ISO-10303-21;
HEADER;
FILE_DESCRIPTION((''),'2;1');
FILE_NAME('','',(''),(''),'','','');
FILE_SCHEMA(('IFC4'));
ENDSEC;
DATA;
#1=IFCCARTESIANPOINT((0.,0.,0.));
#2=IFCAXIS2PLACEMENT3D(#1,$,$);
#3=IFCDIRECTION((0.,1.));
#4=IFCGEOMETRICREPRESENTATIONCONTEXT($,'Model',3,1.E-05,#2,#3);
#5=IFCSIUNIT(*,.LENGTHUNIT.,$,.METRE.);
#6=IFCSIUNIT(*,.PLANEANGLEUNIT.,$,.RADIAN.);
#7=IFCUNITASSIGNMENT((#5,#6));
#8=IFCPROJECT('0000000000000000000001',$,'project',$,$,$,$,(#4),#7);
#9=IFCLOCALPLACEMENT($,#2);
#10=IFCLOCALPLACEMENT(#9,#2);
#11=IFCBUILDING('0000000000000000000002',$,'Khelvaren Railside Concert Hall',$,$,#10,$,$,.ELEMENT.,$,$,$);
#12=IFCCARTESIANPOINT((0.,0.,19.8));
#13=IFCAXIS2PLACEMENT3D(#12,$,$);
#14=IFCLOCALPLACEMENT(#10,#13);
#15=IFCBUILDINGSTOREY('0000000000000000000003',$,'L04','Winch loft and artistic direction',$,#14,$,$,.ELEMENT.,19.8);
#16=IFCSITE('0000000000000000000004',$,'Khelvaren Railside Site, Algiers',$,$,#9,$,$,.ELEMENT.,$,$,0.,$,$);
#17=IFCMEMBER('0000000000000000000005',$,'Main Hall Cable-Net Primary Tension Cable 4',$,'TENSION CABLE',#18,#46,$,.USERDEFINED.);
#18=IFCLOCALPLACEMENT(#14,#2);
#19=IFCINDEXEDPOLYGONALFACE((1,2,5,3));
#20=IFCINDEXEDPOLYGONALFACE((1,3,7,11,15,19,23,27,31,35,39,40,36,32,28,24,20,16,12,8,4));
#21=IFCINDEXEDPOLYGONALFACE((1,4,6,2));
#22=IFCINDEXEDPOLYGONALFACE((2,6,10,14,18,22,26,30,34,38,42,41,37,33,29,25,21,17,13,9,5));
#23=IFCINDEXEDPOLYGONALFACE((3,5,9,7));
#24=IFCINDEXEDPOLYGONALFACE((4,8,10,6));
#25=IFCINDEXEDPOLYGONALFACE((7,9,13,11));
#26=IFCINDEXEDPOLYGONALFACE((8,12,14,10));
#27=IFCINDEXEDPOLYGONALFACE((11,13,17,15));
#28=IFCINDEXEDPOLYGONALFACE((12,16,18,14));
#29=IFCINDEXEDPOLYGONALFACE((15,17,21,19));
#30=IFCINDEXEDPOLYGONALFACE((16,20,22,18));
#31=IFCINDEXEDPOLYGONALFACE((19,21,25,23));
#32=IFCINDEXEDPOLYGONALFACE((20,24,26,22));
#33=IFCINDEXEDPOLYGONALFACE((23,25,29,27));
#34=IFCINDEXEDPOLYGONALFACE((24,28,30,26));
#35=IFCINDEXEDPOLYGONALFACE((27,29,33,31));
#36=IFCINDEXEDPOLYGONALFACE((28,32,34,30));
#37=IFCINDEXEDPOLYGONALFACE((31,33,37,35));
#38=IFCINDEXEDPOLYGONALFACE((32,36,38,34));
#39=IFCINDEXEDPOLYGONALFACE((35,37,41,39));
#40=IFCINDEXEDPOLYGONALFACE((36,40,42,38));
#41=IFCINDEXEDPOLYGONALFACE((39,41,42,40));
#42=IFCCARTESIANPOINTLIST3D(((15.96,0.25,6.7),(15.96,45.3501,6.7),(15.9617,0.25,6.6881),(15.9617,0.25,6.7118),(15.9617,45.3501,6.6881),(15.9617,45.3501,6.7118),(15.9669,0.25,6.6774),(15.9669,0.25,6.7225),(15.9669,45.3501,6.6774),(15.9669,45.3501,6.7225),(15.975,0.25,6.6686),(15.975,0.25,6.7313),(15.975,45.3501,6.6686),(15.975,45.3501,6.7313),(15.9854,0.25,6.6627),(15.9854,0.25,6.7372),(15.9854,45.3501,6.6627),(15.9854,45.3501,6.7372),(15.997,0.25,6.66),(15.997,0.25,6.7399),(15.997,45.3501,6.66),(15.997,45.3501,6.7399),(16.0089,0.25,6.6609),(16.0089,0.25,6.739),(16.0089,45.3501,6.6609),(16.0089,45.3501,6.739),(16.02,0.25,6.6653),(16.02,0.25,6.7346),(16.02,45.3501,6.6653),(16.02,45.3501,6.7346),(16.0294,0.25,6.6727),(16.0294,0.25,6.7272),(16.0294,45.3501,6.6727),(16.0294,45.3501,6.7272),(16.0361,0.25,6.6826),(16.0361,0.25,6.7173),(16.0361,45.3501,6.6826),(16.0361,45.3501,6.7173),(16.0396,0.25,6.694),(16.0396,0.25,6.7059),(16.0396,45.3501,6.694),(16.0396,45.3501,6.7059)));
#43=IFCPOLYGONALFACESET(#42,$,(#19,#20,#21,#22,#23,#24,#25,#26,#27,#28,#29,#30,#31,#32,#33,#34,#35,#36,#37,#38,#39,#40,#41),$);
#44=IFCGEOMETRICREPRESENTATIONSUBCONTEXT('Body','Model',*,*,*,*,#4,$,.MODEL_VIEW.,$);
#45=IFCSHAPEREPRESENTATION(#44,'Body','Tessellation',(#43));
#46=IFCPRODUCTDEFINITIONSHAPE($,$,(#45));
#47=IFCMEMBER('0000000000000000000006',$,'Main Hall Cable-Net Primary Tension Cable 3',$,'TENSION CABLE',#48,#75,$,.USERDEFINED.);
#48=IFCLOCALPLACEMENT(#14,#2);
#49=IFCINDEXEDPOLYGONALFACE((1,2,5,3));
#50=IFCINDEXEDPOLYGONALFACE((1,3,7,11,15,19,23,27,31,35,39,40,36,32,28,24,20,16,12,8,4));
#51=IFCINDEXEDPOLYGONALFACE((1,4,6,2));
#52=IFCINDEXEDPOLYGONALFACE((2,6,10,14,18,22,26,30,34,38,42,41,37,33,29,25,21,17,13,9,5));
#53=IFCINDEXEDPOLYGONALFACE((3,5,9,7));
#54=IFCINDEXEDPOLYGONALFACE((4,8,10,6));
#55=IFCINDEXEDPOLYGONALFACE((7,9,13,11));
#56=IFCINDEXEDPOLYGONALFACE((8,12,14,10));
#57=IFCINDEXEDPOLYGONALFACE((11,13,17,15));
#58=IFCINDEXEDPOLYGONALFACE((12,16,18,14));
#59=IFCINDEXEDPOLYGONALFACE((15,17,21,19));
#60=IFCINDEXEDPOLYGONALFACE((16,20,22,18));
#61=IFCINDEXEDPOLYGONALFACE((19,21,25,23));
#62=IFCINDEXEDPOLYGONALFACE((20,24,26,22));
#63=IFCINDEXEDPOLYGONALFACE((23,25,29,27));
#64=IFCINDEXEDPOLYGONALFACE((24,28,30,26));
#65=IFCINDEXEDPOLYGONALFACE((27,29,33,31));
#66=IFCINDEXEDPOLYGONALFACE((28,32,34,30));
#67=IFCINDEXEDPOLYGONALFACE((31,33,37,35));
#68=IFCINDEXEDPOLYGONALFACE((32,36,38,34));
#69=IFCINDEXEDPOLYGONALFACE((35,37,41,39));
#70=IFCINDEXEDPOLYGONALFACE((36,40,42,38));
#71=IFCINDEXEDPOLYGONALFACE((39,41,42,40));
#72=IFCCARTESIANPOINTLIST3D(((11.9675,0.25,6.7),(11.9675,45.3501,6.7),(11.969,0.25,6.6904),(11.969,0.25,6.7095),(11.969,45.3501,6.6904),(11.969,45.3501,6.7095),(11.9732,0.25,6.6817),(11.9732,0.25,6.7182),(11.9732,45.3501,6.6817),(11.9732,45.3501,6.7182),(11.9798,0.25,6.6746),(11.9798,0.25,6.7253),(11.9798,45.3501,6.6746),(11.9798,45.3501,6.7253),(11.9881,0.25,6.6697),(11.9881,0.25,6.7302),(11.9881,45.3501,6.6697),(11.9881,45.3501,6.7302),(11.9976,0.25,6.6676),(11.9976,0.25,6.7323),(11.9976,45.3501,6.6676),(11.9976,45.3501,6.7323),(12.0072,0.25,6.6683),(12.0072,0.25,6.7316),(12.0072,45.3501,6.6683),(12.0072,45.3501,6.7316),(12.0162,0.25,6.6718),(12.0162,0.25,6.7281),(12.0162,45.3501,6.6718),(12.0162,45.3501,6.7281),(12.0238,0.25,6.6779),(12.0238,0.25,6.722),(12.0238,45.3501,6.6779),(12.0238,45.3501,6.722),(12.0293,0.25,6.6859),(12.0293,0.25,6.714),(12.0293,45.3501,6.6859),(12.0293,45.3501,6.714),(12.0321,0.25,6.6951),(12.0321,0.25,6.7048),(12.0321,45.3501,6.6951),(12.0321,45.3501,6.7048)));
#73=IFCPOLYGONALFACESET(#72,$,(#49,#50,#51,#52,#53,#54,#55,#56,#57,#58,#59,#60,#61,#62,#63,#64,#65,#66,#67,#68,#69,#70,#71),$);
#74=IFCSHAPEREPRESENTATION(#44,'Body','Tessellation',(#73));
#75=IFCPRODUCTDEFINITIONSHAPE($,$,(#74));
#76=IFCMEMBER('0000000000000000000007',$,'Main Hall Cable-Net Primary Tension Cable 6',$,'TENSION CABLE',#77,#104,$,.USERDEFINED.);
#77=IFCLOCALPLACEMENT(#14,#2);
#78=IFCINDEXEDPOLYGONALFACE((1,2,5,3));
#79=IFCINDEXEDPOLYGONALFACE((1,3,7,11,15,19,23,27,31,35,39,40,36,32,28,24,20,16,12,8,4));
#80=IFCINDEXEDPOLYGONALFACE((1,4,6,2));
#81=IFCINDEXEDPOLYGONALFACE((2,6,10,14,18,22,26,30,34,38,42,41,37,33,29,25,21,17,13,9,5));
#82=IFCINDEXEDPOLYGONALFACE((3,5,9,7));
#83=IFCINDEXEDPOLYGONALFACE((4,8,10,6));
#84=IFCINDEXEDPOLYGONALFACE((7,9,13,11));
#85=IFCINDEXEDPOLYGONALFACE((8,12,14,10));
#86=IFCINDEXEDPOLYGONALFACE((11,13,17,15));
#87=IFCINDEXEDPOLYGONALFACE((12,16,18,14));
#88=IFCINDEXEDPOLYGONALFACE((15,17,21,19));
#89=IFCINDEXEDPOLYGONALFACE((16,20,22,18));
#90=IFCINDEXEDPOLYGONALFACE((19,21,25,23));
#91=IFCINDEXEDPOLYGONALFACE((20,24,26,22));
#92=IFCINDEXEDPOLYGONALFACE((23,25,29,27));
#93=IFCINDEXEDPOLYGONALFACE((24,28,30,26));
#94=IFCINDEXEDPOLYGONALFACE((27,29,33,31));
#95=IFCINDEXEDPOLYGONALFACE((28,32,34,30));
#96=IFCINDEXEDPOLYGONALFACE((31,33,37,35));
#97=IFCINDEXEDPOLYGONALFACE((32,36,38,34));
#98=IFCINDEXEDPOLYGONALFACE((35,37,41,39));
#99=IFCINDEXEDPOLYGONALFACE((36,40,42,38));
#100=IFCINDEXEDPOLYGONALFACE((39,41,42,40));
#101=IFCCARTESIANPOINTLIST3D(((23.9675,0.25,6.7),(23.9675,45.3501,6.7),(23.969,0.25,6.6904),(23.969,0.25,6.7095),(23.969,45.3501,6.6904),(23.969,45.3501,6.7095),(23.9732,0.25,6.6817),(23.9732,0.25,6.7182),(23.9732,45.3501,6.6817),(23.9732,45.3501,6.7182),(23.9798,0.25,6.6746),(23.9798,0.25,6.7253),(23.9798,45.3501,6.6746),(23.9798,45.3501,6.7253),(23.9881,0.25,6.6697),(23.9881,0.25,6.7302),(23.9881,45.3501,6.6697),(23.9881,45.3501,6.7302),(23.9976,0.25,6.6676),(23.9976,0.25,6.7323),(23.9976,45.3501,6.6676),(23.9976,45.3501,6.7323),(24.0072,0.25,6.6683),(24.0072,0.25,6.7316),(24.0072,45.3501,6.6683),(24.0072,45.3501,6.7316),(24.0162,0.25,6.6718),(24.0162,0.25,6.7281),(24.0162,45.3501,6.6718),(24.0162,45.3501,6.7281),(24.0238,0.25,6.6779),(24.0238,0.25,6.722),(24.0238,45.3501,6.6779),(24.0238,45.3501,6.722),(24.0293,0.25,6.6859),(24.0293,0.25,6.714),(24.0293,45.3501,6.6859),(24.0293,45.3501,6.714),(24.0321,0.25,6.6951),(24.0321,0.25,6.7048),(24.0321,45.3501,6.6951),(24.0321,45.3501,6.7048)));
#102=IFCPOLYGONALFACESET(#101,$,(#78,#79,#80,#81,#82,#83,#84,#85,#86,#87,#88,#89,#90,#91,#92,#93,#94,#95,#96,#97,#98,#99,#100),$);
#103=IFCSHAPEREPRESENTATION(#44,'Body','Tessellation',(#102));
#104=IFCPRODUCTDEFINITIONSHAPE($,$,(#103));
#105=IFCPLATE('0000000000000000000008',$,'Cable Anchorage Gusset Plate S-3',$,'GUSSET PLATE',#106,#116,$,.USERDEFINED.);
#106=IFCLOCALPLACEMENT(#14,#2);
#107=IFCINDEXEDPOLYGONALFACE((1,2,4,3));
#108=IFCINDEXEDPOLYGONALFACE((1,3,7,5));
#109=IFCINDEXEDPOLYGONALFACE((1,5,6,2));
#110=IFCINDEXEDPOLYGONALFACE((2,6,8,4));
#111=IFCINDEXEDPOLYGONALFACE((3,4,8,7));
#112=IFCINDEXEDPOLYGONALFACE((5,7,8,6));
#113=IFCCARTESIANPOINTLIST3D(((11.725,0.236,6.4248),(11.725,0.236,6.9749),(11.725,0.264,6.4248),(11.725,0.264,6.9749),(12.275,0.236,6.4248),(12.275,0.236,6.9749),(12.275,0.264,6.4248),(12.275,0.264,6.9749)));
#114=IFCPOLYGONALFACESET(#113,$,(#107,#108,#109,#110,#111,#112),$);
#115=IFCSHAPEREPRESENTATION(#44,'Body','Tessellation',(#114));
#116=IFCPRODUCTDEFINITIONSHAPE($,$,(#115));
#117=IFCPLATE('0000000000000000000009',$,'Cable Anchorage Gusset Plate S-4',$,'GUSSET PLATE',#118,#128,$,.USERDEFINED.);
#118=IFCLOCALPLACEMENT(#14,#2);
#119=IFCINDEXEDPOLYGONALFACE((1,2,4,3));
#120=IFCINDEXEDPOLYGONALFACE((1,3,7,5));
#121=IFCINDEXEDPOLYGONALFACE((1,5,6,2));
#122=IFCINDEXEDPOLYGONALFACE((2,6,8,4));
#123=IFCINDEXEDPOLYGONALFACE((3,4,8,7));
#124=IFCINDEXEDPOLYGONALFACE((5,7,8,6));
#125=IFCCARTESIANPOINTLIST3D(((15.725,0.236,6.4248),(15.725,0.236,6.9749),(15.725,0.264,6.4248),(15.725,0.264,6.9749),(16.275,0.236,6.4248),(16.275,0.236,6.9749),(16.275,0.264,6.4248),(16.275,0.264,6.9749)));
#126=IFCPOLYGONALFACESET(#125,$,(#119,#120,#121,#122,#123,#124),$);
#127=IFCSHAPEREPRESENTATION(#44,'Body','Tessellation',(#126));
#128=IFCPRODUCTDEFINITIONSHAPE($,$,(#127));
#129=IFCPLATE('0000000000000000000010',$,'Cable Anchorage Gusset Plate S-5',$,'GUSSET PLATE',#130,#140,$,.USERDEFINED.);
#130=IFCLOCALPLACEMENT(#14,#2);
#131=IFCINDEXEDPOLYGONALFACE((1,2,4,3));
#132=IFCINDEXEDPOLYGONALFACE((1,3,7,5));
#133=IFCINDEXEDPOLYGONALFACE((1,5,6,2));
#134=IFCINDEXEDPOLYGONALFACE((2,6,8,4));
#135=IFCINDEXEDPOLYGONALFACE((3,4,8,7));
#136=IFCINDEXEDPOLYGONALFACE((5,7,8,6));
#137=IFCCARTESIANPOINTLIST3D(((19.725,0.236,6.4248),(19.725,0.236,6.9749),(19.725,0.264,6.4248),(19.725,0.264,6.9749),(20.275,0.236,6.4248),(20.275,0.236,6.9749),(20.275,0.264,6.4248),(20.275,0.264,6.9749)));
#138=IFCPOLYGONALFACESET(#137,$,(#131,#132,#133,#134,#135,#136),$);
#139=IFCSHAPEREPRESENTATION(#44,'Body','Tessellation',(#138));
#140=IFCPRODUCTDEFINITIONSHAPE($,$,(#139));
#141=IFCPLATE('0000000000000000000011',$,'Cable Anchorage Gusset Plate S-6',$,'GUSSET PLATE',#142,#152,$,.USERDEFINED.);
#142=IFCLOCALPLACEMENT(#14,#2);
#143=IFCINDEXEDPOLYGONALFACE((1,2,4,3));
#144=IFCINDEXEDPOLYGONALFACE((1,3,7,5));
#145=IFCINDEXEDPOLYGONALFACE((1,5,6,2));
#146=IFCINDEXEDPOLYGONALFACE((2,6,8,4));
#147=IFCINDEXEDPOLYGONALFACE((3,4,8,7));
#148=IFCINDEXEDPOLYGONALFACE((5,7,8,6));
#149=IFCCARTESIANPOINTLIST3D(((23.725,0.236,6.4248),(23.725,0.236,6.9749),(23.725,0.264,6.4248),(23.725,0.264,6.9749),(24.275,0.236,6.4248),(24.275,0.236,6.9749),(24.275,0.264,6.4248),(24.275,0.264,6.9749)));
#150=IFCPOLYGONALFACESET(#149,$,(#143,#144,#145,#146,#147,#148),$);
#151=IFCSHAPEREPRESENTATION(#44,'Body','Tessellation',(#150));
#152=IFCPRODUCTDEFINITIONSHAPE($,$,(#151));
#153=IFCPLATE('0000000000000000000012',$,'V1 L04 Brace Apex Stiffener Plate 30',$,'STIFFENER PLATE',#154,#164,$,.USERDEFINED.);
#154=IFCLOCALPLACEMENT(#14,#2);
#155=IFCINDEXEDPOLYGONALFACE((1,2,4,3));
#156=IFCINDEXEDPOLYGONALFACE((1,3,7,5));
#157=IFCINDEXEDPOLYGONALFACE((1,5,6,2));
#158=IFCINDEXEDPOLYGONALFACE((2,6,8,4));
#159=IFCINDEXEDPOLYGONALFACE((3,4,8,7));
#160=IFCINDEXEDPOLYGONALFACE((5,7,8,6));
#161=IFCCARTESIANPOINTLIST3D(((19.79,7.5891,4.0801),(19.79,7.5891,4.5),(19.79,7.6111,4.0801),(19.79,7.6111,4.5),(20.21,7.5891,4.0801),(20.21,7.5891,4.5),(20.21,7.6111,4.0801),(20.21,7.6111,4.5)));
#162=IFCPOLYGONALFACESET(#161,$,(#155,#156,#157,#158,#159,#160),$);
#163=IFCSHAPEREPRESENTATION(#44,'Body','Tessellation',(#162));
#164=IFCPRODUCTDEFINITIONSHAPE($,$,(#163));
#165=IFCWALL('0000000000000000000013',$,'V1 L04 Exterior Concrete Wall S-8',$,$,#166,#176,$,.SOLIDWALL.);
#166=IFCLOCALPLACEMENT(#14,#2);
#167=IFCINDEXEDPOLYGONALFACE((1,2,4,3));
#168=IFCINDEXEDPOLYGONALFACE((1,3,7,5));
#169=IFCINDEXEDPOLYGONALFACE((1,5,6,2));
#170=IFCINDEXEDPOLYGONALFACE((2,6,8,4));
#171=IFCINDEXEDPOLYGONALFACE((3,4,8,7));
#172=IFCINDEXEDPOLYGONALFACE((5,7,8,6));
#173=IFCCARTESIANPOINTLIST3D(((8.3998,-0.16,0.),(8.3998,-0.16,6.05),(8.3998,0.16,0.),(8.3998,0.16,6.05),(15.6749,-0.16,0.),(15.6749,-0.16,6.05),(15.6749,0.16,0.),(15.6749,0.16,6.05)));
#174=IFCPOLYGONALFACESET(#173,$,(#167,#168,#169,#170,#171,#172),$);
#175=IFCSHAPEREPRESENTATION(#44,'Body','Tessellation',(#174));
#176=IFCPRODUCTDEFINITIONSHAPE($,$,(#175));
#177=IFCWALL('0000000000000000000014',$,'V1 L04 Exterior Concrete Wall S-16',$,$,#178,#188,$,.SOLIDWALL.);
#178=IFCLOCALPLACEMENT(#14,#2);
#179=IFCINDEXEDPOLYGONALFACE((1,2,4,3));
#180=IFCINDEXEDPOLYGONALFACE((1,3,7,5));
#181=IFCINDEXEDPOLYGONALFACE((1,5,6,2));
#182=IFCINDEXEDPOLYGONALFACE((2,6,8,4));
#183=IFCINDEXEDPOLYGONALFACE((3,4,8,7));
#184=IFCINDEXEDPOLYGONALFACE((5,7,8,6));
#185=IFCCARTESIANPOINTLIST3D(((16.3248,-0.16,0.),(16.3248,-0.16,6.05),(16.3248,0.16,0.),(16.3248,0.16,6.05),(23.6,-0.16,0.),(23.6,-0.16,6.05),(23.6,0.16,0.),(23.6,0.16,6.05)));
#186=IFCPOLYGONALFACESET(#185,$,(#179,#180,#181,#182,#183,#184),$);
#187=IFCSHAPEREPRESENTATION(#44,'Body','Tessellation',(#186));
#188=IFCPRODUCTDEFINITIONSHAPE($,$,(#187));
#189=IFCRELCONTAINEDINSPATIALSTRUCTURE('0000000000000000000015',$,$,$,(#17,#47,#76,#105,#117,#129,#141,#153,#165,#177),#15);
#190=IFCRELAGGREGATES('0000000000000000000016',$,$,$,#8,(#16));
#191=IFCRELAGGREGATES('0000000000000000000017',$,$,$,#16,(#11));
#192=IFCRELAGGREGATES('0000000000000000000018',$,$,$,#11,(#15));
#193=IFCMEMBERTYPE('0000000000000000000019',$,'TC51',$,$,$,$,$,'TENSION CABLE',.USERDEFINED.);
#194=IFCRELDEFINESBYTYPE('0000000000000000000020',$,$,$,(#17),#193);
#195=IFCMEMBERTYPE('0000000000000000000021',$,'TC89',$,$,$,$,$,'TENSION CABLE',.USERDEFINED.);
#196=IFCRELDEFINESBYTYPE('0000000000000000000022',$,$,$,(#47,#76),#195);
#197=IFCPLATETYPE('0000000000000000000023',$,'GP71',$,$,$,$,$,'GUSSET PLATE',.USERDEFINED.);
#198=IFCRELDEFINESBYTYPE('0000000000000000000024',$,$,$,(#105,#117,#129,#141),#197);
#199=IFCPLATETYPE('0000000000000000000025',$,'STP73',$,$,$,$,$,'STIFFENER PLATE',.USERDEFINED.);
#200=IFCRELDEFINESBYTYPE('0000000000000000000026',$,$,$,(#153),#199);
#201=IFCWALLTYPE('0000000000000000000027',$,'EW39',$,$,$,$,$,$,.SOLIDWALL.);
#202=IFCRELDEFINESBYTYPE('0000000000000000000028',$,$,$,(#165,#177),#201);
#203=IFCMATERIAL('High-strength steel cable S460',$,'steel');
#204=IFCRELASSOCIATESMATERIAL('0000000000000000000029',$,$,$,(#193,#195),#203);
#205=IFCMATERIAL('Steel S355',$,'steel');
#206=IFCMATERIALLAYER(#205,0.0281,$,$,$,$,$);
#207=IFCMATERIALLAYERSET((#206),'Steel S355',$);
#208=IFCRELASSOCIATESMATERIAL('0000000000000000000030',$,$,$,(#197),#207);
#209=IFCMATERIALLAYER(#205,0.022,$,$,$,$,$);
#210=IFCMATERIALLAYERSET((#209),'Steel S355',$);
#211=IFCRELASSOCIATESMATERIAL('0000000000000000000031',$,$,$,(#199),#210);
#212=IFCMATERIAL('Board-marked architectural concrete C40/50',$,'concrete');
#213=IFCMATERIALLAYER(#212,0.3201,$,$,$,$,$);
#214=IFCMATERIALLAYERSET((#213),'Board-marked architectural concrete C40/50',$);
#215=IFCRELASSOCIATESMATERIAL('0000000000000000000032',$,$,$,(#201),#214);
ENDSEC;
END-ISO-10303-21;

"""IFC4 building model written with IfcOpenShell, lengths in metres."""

from ifc_helpers import new_model, si_unit, direction, frame, frame_2d, origin, origin_2d, place, context, subcontext, project, spatial, rectangle, circle, extrude, material, layer, layer_set, material_profile, profile_set, type_object, element, save


model = new_model("IFC4")

# Units and contexts
model_context = context("Model", 3, precision=1e-05, world=origin(), true_north=direction((0.0, 1.0)))
body_context = subcontext(model_context, "Body", "Model", "MODEL_VIEW")
ifc_project = project(units=[si_unit("LENGTHUNIT", "METRE"), si_unit("PLANEANGLEUNIT", "RADIAN")], contexts=[model_context])

# Site, building, storey
site_placement = place(None, origin())
site = spatial("IfcSite", under=ifc_project, at=site_placement, Name="Khelvaren Railside Site, Algiers", CompositionType="ELEMENT", RefElevation=0.0)
building_placement = place(site_placement, origin())
building = spatial("IfcBuilding", under=site, at=building_placement, Name="Khelvaren Railside Concert Hall", CompositionType="ELEMENT")
storey_placement = place(building_placement, frame((0.0, 0.0, 19.8)))
storey = spatial("IfcBuildingStorey", under=building, at=storey_placement, Name="L04", Description="Winch loft and artistic direction", CompositionType="ELEMENT", Elevation=19.8)

# Shared definitions
ifc_material_1 = material(Name="Steel S355", Category="steel")

# Members
ifc_material_2 = material(Name="High-strength steel cable S460", Category="steel")
ifc_material_profile_1 = material_profile(ifc_material_2, circle(Radius=0.04, at=origin_2d()), Name="LCB D80")
ifc_profile_set_1 = profile_set([ifc_material_profile_1], Name="High-strength steel cable S460")
member_type_1 = type_object("IfcMemberType", Name="TC51", ElementType="TENSION CABLE", PredefinedType="USERDEFINED", material=ifc_profile_set_1)
member_1_placement = place(storey_placement, frame((16.0, 0.25, 6.7), z_axis=(0.0, 1.0, 0.0), x_axis=(-1.0, 0.0, 0.0)))
element("IfcMember", 1, at=member_1_placement, inside=storey, type_object=member_type_1, Name="Main Hall Cable-Net Primary Tension Cable 4", ObjectType="TENSION CABLE", PredefinedType="USERDEFINED", context=body_context, shape_type="SweptSolid", body=[
    extrude(circle(Radius=0.04, at=origin_2d()), origin(), (0.0, 0.0, 1.0), 45.1001),
])
ifc_material_profile_2 = material_profile(ifc_material_2, circle(Radius=0.0325, at=origin_2d()), Name="LCB D65")
ifc_profile_set_2 = profile_set([ifc_material_profile_2], Name="High-strength steel cable S460")
member_type_2 = type_object("IfcMemberType", Name="TC89", ElementType="TENSION CABLE", PredefinedType="USERDEFINED", material=ifc_profile_set_2)
for number, where, z_axis, x_axis, name in (
    (2, (12.0, 0.25, 6.7), (0.0, 1.0, 0.0), (-1.0, 0.0, 0.0), "Main Hall Cable-Net Primary Tension Cable 3"),
    (3, (24.0, 0.25, 6.7), (0.0, 1.0, 0.0), (-1.0, 0.0, 0.0), "Main Hall Cable-Net Primary Tension Cable 6"),
):
    element("IfcMember", number, at=place(storey_placement, frame(where, z_axis=z_axis, x_axis=x_axis)), inside=storey, type_object=member_type_2, Name=name, ObjectType="TENSION CABLE", PredefinedType="USERDEFINED", context=body_context, shape_type="SweptSolid", body=[
        extrude(circle(Radius=0.0325, at=origin_2d()), origin(), (0.0, 0.0, 1.0), 45.1001),
    ])

# Plates
ifc_layer_1 = layer(ifc_material_1, 0.0281)
ifc_layer_set_1 = layer_set([ifc_layer_1], Name="Steel S355")
plate_type_1 = type_object("IfcPlateType", Name="GP71", ElementType="GUSSET PLATE", PredefinedType="USERDEFINED", material=ifc_layer_set_1)
for number, where, z_axis, x_axis, name in (
    (4, (12.0, 0.25, 6.4248), (0.0, 0.0, 1.0), (1.0, 0.0, 0.0), "Cable Anchorage Gusset Plate S-3"),
    (5, (16.0, 0.25, 6.4248), (0.0, 0.0, 1.0), (1.0, 0.0, 0.0), "Cable Anchorage Gusset Plate S-4"),
    (6, (20.0, 0.25, 6.4248), (0.0, 0.0, 1.0), (1.0, 0.0, 0.0), "Cable Anchorage Gusset Plate S-5"),
    (7, (24.0, 0.25, 6.4248), (0.0, 0.0, 1.0), (1.0, 0.0, 0.0), "Cable Anchorage Gusset Plate S-6"),
):
    element("IfcPlate", number, at=place(storey_placement, frame(where, z_axis=z_axis, x_axis=x_axis)), inside=storey, type_object=plate_type_1, Name=name, ObjectType="GUSSET PLATE", PredefinedType="USERDEFINED", context=body_context, shape_type="SweptSolid", body=[
        extrude(rectangle(XDim=0.55, YDim=0.0281, at=origin_2d()), origin(), (0.0, 0.0, 1.0), 0.55),
    ])
ifc_layer_2 = layer(ifc_material_1, 0.022)
ifc_layer_set_2 = layer_set([ifc_layer_2], Name="Steel S355")
plate_type_2 = type_object("IfcPlateType", Name="STP73", ElementType="STIFFENER PLATE", PredefinedType="USERDEFINED", material=ifc_layer_set_2)
plate_placement = place(storey_placement, frame((20.0, 7.6001, 4.0801), z_axis=(0.0, 0.0, 1.0), x_axis=(1.0, 0.0, 0.0)))
element("IfcPlate", 8, at=plate_placement, inside=storey, type_object=plate_type_2, Name="V1 L04 Brace Apex Stiffener Plate 30", ObjectType="STIFFENER PLATE", PredefinedType="USERDEFINED", context=body_context, shape_type="SweptSolid", body=[
    extrude(rectangle(XDim=0.4199, YDim=0.022, at=origin_2d()), origin(), (0.0, 0.0, 1.0), 0.4199),
])

# Walls
ifc_material_3 = material(Name="Board-marked architectural concrete C40/50", Category="concrete")
ifc_layer_3 = layer(ifc_material_3, 0.3201)
ifc_layer_set_3 = layer_set([ifc_layer_3], Name="Board-marked architectural concrete C40/50")
wall_type_1 = type_object("IfcWallType", Name="EW39", PredefinedType="SOLIDWALL", material=ifc_layer_set_3)
for number, where, z_axis, x_axis, name in (
    (9, (15.675, 0.0, 0.0), (0.0, 0.0, 1.0), (-1.0, 0.0, 0.0), "V1 L04 Exterior Concrete Wall S-8"),
    (10, (23.6001, 0.0, 0.0), (0.0, 0.0, 1.0), (-1.0, 0.0, 0.0), "V1 L04 Exterior Concrete Wall S-16"),
):
    element("IfcWall", number, at=place(storey_placement, frame(where, z_axis=z_axis, x_axis=x_axis)), inside=storey, type_object=wall_type_1, Name=name, PredefinedType="SOLIDWALL", context=body_context, shape_type="SweptSolid", body=[
        extrude(rectangle(XDim=7.2751, YDim=0.3201, at=frame_2d((3.6377, 0.0))), origin(), (0.0, 0.0, 1.0), 6.05),
    ])

save(model, "model.ifc")
